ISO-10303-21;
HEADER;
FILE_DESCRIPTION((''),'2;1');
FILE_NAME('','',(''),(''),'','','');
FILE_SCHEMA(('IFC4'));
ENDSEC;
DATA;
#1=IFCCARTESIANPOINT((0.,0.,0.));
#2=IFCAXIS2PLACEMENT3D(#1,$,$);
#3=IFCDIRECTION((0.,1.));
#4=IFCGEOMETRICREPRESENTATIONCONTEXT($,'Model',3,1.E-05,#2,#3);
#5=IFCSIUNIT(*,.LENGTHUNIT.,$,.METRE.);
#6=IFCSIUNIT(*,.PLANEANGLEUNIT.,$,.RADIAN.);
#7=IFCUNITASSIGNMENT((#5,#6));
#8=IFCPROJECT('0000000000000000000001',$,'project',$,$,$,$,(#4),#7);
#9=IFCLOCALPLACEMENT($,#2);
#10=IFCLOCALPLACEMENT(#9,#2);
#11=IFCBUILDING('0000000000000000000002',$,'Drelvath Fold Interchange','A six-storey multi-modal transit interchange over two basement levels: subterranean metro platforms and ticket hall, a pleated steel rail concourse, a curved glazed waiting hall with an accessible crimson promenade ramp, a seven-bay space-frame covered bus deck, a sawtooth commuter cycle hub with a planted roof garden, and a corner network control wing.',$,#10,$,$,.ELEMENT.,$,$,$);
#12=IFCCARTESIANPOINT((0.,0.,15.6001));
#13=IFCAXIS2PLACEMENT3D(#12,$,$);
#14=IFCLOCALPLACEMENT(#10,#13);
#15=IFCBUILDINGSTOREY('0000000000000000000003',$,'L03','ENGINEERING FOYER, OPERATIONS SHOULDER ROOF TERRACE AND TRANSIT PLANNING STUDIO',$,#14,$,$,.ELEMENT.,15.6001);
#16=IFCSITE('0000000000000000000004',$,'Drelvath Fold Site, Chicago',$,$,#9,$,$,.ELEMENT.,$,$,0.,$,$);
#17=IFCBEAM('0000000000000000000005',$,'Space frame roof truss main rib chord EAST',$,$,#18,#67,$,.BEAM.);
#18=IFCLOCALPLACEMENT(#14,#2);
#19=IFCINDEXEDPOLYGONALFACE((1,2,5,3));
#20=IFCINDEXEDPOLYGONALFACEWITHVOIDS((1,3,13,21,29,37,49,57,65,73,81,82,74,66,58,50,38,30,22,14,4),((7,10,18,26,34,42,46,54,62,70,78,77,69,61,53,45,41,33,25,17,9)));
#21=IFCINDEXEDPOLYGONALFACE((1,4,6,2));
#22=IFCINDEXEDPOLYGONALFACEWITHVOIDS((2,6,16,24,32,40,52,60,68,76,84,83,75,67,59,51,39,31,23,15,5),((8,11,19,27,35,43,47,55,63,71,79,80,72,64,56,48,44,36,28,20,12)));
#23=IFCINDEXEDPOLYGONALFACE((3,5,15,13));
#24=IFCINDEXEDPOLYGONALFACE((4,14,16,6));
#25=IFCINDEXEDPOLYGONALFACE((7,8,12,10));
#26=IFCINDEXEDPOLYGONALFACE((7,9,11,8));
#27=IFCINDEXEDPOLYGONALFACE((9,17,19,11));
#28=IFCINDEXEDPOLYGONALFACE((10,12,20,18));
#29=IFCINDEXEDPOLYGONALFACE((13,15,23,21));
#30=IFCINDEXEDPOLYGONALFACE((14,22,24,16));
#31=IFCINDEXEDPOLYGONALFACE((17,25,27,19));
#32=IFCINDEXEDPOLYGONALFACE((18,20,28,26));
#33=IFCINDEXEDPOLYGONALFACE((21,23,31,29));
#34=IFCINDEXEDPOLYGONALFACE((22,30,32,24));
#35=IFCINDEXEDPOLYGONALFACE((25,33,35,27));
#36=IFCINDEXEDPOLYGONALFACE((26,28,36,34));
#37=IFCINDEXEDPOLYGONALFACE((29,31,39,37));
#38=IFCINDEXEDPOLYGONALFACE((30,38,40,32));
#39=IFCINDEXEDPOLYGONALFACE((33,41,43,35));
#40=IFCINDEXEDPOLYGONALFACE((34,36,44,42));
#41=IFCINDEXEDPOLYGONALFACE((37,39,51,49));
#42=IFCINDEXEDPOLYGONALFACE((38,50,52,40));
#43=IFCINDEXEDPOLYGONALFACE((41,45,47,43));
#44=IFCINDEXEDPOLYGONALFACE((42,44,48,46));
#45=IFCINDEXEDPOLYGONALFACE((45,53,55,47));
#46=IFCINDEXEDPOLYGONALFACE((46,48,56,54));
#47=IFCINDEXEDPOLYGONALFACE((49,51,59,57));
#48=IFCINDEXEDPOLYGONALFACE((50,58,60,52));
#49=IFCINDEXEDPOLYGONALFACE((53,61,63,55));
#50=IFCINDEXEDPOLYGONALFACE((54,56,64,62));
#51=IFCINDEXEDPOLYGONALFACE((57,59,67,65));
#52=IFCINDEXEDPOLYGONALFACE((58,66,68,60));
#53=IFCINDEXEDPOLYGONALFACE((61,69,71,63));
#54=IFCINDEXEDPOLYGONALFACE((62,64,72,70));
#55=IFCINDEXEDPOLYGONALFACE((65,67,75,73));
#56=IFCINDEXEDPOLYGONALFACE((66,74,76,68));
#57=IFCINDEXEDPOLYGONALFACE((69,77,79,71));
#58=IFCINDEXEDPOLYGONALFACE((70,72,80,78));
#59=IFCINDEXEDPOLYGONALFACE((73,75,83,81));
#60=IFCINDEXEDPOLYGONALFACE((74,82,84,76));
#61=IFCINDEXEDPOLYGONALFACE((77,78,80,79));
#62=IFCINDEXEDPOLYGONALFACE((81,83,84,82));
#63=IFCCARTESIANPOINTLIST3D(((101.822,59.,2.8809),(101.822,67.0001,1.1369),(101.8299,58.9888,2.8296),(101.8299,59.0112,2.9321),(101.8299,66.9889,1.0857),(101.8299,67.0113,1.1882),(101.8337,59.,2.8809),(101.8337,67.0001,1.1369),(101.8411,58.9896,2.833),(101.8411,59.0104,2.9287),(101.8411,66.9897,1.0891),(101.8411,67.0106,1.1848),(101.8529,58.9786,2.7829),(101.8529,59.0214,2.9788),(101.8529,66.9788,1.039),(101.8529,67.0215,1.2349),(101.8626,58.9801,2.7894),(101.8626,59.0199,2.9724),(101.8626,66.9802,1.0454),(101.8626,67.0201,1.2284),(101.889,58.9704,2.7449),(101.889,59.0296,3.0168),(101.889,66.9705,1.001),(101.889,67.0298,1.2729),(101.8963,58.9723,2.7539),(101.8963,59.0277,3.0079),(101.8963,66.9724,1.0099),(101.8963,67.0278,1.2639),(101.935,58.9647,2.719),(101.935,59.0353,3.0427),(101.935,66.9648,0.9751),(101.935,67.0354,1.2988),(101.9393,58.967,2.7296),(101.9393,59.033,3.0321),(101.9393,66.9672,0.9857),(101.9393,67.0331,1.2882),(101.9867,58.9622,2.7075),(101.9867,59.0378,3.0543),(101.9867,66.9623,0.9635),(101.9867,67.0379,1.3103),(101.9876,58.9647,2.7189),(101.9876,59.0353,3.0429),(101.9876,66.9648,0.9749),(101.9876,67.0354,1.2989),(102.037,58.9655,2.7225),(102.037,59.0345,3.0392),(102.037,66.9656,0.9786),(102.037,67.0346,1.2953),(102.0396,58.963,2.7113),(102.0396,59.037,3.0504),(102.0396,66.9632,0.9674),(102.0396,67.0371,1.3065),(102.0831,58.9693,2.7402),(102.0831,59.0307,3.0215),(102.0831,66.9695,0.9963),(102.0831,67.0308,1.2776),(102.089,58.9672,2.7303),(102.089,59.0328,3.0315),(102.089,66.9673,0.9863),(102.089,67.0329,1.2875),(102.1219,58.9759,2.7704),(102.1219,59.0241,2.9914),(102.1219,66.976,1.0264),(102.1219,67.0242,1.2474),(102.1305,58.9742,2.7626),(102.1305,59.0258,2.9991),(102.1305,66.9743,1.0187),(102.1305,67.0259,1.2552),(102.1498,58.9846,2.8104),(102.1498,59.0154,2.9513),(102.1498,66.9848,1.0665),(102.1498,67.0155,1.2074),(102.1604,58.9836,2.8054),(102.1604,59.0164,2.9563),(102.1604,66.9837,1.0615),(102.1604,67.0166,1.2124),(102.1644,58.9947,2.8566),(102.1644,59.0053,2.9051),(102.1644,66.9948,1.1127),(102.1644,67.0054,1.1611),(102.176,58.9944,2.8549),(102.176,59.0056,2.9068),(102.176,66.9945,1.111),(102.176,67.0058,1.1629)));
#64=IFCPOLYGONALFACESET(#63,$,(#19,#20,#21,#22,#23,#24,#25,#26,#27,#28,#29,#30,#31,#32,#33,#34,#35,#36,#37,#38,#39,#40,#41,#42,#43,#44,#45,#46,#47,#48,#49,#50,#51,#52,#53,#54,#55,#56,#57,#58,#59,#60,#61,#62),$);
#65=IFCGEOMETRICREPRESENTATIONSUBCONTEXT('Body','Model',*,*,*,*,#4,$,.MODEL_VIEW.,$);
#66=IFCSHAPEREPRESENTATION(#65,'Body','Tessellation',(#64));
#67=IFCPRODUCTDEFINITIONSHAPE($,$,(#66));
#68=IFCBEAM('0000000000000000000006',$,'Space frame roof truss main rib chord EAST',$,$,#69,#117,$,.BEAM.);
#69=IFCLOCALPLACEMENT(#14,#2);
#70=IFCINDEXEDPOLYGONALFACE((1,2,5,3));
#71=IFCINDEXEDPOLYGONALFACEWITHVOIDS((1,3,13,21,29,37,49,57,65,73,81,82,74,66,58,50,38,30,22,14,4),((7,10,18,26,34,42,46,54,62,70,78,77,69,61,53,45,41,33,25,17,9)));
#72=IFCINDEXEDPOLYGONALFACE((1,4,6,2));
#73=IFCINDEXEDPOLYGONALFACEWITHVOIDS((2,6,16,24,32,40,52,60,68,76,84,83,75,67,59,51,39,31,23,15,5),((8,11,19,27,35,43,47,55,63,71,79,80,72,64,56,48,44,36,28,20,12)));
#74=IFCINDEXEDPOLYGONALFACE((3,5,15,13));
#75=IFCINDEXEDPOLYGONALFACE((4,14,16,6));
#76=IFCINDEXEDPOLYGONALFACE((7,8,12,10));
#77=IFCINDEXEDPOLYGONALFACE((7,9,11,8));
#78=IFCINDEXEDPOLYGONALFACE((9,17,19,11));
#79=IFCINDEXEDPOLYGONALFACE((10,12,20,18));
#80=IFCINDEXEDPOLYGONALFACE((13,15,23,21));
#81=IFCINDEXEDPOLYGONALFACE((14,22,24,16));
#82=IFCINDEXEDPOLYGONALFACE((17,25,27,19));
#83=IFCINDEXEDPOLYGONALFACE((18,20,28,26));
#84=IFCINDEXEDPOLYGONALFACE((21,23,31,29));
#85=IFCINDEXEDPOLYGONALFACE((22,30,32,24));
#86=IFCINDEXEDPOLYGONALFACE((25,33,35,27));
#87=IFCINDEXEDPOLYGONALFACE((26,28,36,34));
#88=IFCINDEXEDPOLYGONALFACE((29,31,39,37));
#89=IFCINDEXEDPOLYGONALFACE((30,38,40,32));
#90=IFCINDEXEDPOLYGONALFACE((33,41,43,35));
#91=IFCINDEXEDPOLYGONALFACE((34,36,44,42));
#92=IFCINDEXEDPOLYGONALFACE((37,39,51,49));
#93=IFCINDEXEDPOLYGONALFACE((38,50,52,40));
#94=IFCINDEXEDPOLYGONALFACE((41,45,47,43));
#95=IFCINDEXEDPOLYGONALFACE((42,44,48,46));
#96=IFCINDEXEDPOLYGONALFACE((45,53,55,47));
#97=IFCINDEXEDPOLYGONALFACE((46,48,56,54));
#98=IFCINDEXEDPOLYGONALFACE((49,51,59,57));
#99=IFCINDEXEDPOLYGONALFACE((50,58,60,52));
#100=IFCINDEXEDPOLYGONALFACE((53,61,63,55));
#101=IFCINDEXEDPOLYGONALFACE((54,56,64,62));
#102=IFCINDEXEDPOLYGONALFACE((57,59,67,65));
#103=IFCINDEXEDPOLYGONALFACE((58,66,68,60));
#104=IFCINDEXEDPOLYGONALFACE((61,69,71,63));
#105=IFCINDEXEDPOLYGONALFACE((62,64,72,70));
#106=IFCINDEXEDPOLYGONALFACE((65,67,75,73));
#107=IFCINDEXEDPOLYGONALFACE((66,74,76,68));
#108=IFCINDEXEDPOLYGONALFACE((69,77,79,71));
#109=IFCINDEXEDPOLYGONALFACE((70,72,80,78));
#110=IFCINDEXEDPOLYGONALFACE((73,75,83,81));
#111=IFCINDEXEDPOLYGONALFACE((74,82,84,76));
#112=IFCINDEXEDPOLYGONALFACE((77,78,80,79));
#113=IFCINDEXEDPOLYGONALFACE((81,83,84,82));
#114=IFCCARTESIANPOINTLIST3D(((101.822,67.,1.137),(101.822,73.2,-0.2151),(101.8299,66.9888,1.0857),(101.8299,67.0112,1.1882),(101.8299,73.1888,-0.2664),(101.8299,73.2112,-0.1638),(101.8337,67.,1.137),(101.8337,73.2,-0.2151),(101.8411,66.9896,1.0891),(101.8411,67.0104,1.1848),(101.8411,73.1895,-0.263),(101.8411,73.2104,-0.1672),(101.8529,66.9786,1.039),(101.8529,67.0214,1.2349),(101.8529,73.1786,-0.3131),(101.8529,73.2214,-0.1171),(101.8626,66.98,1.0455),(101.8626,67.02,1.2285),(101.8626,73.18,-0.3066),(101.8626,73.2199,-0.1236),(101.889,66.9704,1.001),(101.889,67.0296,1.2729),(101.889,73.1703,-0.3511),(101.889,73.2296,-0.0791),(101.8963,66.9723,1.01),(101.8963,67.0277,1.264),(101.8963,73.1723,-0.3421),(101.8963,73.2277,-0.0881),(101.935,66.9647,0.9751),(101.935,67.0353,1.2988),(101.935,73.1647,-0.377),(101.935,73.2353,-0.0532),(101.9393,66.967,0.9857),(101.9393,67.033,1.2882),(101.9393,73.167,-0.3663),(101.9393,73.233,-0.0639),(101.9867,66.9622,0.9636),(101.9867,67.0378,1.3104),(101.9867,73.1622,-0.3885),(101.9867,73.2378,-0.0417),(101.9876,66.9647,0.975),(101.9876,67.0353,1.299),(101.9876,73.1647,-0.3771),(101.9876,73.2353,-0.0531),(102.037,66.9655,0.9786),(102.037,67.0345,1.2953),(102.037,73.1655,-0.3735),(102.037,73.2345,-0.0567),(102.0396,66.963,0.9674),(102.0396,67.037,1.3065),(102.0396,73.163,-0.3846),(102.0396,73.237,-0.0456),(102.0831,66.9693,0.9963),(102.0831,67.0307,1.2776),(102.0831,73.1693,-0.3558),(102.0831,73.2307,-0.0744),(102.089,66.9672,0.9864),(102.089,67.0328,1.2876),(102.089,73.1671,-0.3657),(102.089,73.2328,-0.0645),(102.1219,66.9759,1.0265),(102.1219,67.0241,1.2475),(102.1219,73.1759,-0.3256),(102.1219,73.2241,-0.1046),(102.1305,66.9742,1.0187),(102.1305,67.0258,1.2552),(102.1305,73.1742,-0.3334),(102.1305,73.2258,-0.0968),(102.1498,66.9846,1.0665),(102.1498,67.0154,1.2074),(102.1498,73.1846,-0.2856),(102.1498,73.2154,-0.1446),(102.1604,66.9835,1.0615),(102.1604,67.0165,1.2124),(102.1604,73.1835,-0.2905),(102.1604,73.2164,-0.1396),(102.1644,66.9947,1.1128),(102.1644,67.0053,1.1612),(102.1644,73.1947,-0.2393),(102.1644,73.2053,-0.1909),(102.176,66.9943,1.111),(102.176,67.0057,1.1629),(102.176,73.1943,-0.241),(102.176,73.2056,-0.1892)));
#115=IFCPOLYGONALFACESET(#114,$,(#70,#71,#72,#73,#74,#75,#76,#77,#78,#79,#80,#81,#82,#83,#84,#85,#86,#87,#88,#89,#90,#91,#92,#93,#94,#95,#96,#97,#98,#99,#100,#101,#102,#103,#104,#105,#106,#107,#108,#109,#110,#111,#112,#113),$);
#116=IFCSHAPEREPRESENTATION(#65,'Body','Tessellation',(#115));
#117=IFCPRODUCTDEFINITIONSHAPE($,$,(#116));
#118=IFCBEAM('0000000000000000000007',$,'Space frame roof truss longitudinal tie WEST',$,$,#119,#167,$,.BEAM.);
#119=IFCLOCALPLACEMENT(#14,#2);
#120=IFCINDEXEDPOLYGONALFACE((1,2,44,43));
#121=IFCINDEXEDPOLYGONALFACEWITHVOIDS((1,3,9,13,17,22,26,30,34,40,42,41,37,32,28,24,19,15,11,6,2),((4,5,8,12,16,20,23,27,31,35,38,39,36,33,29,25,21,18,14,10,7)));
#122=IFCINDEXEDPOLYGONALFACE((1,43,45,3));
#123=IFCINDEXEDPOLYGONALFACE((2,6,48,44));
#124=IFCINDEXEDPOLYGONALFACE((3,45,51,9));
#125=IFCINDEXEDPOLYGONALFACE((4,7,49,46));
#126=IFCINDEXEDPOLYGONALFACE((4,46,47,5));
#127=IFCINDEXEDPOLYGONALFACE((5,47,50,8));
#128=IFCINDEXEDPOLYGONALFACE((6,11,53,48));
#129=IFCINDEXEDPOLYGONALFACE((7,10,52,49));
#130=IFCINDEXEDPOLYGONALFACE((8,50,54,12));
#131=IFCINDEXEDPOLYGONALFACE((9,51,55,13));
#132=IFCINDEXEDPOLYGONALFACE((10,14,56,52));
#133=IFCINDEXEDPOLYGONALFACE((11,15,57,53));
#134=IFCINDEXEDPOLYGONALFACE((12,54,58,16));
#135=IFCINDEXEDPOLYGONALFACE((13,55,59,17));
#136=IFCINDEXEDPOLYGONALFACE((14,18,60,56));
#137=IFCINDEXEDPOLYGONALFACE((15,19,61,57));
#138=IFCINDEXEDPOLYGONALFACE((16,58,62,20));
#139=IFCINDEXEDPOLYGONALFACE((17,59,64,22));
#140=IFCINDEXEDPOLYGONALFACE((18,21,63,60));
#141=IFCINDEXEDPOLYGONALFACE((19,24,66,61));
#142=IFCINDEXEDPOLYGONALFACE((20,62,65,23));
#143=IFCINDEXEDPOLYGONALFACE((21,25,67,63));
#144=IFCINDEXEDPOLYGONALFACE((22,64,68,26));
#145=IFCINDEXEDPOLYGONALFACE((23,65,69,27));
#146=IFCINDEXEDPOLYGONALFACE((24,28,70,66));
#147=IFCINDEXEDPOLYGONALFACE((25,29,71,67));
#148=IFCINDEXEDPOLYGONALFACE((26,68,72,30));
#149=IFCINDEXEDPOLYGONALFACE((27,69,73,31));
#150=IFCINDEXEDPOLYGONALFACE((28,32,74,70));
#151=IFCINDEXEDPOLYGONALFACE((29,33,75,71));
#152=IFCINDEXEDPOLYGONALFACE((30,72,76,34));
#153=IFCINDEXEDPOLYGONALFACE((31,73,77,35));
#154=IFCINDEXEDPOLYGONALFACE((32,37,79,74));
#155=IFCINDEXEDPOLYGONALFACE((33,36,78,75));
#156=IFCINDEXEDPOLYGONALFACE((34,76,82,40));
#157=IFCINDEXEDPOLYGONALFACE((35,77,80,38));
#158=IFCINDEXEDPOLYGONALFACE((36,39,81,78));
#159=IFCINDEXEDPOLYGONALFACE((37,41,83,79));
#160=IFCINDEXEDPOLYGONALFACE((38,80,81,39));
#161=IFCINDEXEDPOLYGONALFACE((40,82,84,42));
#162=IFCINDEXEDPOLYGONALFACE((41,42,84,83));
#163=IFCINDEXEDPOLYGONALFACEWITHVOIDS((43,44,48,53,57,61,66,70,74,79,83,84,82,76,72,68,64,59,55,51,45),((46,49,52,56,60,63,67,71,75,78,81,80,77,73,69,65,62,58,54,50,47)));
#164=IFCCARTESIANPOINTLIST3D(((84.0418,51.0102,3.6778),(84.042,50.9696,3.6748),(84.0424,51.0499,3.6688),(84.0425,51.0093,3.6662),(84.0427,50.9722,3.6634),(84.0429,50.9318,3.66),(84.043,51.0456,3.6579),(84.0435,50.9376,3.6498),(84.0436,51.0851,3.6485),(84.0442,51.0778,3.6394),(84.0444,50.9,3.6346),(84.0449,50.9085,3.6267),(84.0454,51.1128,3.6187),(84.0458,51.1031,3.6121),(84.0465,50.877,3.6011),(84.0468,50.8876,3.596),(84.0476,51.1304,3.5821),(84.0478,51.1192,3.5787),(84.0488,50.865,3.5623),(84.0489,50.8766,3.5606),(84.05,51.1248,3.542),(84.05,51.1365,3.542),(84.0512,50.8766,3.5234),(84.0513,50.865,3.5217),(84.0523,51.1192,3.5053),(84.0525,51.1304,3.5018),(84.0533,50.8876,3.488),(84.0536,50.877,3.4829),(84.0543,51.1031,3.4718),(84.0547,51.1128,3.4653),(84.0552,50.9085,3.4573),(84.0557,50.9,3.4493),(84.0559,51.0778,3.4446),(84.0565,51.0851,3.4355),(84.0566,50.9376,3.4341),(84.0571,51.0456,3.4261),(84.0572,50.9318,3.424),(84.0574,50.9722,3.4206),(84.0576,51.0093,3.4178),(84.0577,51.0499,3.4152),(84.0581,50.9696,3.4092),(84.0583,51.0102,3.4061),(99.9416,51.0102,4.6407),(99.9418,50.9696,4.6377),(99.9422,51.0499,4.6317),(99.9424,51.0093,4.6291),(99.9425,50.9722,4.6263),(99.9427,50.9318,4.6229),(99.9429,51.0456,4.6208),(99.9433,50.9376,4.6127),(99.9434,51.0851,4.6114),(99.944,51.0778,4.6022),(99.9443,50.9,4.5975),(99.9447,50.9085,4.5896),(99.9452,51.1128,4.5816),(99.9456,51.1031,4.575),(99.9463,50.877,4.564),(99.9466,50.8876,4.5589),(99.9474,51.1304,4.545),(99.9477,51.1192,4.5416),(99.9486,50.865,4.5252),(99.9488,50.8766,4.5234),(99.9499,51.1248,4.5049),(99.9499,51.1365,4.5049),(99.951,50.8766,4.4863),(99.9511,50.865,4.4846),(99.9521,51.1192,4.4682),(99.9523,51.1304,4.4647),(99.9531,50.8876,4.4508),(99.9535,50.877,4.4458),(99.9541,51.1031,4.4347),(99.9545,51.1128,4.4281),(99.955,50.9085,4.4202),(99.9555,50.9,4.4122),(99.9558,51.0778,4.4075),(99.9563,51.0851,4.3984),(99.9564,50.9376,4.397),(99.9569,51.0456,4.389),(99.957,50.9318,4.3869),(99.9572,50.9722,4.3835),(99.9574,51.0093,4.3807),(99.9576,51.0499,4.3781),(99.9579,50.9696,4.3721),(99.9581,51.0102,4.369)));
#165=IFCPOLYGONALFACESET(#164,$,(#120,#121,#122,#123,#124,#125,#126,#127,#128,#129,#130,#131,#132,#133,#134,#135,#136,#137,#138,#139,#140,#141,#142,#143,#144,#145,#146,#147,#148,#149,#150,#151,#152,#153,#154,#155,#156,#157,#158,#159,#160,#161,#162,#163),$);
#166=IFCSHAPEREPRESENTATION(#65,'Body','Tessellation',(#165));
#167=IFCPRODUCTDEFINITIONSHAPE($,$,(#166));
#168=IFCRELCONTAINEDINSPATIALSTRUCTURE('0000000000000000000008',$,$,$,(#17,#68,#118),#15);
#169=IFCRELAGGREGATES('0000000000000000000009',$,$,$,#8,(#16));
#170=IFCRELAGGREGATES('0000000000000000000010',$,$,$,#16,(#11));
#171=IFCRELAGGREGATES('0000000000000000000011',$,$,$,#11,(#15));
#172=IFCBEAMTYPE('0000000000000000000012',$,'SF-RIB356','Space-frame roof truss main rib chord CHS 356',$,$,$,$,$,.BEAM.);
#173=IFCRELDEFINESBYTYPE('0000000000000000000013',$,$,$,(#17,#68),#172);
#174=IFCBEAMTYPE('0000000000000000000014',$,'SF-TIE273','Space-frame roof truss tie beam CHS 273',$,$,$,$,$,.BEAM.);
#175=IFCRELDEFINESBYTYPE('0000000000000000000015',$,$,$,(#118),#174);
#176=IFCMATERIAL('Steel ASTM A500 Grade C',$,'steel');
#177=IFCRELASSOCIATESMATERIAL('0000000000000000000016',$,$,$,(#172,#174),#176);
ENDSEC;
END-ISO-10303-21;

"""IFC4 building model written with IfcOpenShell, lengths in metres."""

from ifc_helpers import new_model, si_unit, direction, frame, origin, origin_2d, place, context, subcontext, project, spatial, hollow_circle, extrude, material, material_profile, profile_set, type_object, element, save


model = new_model("IFC4")

# Units and contexts
model_context = context("Model", 3, precision=1e-05, world=origin(), true_north=direction((0.0, 1.0)))
body_context = subcontext(model_context, "Body", "Model", "MODEL_VIEW")
ifc_project = project(units=[si_unit("LENGTHUNIT", "METRE"), si_unit("PLANEANGLEUNIT", "RADIAN")], contexts=[model_context])

# Site, building, storey
site_placement = place(None, origin())
site = spatial("IfcSite", under=ifc_project, at=site_placement, Name="Drelvath Fold Site, Chicago", CompositionType="ELEMENT", RefElevation=0.0)
building_placement = place(site_placement, origin())
building = spatial("IfcBuilding", under=site, at=building_placement, Name="Drelvath Fold Interchange", Description="A six-storey multi-modal transit interchange over two basement levels: subterranean metro platforms and ticket hall, a pleated steel rail concourse, a curved glazed waiting hall with an accessible crimson promenade ramp, a seven-bay space-frame covered bus deck, a sawtooth commuter cycle hub with a planted roof garden, and a corner network control wing.", CompositionType="ELEMENT")
storey_placement = place(building_placement, frame((0.0, 0.0, 15.6001)))
storey = spatial("IfcBuildingStorey", under=building, at=storey_placement, Name="L03", Description="ENGINEERING FOYER, OPERATIONS SHOULDER ROOF TERRACE AND TRANSIT PLANNING STUDIO", CompositionType="ELEMENT", Elevation=15.6001)

# Shared definitions
ifc_material_1 = material(Name="Steel ASTM A500 Grade C", Category="steel")

# Beams
ifc_material_profile_1 = material_profile(ifc_material_1, hollow_circle(Radius=0.178, WallThickness=0.0117, at=origin_2d()), Name="HSS14.000X0.500")
ifc_profile_set_1 = profile_set([ifc_material_profile_1], Name="Steel ASTM A500 Grade C")
beam_type_1 = type_object("IfcBeamType", Name="SF-RIB356", Description="Space-frame roof truss main rib chord CHS 356", PredefinedType="BEAM", material=ifc_profile_set_1)
beam_1_placement = place(storey_placement, frame((102.0, 59.0, 2.8809), z_axis=(0.0, 0.977055, -0.212985), x_axis=(-1.0, 0.0, 0.0)))
element("IfcBeam", 1, at=beam_1_placement, inside=storey, type_object=beam_type_1, Name="Space frame roof truss main rib chord EAST", PredefinedType="BEAM", context=body_context, shape_type="SweptSolid", body=[
    extrude(hollow_circle(Radius=0.178, WallThickness=0.0117, at=origin_2d()), origin(), (0.0, 0.0, 1.0), 8.188),
])
beam_2_placement = place(storey_placement, frame((102.0, 67.0, 1.137), z_axis=(0.0, 0.977038, -0.213067), x_axis=(-1.0, 0.0, 0.0)))
element("IfcBeam", 2, at=beam_2_placement, inside=storey, type_object=beam_type_1, Name="Space frame roof truss main rib chord EAST", PredefinedType="BEAM", context=body_context, shape_type="SweptSolid", body=[
    extrude(hollow_circle(Radius=0.178, WallThickness=0.0117, at=origin_2d()), origin(), (0.0, 0.0, 1.0), 6.3457),
])
ifc_material_profile_2 = material_profile(ifc_material_1, hollow_circle(Radius=0.1365, WallThickness=0.0117, at=origin_2d()), Name="HSS10.750X0.500")
ifc_profile_set_2 = profile_set([ifc_material_profile_2], Name="Steel ASTM A500 Grade C")
beam_type_2 = type_object("IfcBeamType", Name="SF-TIE273", Description="Space-frame roof truss tie beam CHS 273", PredefinedType="BEAM", material=ifc_profile_set_2)
beam_3_placement = place(storey_placement, frame((84.05, 51.0, 3.542), z_axis=(0.998171, 0.0, 0.060449), x_axis=(0.0, 1.0, 0.0)))
element("IfcBeam", 3, at=beam_3_placement, inside=storey, type_object=beam_type_2, Name="Space frame roof truss longitudinal tie WEST", PredefinedType="BEAM", context=body_context, shape_type="SweptSolid", body=[
    extrude(hollow_circle(Radius=0.1365, WallThickness=0.0117, at=origin_2d()), origin(), (0.0, 0.0, 1.0), 15.929),
])

save(model, "model.ifc")
